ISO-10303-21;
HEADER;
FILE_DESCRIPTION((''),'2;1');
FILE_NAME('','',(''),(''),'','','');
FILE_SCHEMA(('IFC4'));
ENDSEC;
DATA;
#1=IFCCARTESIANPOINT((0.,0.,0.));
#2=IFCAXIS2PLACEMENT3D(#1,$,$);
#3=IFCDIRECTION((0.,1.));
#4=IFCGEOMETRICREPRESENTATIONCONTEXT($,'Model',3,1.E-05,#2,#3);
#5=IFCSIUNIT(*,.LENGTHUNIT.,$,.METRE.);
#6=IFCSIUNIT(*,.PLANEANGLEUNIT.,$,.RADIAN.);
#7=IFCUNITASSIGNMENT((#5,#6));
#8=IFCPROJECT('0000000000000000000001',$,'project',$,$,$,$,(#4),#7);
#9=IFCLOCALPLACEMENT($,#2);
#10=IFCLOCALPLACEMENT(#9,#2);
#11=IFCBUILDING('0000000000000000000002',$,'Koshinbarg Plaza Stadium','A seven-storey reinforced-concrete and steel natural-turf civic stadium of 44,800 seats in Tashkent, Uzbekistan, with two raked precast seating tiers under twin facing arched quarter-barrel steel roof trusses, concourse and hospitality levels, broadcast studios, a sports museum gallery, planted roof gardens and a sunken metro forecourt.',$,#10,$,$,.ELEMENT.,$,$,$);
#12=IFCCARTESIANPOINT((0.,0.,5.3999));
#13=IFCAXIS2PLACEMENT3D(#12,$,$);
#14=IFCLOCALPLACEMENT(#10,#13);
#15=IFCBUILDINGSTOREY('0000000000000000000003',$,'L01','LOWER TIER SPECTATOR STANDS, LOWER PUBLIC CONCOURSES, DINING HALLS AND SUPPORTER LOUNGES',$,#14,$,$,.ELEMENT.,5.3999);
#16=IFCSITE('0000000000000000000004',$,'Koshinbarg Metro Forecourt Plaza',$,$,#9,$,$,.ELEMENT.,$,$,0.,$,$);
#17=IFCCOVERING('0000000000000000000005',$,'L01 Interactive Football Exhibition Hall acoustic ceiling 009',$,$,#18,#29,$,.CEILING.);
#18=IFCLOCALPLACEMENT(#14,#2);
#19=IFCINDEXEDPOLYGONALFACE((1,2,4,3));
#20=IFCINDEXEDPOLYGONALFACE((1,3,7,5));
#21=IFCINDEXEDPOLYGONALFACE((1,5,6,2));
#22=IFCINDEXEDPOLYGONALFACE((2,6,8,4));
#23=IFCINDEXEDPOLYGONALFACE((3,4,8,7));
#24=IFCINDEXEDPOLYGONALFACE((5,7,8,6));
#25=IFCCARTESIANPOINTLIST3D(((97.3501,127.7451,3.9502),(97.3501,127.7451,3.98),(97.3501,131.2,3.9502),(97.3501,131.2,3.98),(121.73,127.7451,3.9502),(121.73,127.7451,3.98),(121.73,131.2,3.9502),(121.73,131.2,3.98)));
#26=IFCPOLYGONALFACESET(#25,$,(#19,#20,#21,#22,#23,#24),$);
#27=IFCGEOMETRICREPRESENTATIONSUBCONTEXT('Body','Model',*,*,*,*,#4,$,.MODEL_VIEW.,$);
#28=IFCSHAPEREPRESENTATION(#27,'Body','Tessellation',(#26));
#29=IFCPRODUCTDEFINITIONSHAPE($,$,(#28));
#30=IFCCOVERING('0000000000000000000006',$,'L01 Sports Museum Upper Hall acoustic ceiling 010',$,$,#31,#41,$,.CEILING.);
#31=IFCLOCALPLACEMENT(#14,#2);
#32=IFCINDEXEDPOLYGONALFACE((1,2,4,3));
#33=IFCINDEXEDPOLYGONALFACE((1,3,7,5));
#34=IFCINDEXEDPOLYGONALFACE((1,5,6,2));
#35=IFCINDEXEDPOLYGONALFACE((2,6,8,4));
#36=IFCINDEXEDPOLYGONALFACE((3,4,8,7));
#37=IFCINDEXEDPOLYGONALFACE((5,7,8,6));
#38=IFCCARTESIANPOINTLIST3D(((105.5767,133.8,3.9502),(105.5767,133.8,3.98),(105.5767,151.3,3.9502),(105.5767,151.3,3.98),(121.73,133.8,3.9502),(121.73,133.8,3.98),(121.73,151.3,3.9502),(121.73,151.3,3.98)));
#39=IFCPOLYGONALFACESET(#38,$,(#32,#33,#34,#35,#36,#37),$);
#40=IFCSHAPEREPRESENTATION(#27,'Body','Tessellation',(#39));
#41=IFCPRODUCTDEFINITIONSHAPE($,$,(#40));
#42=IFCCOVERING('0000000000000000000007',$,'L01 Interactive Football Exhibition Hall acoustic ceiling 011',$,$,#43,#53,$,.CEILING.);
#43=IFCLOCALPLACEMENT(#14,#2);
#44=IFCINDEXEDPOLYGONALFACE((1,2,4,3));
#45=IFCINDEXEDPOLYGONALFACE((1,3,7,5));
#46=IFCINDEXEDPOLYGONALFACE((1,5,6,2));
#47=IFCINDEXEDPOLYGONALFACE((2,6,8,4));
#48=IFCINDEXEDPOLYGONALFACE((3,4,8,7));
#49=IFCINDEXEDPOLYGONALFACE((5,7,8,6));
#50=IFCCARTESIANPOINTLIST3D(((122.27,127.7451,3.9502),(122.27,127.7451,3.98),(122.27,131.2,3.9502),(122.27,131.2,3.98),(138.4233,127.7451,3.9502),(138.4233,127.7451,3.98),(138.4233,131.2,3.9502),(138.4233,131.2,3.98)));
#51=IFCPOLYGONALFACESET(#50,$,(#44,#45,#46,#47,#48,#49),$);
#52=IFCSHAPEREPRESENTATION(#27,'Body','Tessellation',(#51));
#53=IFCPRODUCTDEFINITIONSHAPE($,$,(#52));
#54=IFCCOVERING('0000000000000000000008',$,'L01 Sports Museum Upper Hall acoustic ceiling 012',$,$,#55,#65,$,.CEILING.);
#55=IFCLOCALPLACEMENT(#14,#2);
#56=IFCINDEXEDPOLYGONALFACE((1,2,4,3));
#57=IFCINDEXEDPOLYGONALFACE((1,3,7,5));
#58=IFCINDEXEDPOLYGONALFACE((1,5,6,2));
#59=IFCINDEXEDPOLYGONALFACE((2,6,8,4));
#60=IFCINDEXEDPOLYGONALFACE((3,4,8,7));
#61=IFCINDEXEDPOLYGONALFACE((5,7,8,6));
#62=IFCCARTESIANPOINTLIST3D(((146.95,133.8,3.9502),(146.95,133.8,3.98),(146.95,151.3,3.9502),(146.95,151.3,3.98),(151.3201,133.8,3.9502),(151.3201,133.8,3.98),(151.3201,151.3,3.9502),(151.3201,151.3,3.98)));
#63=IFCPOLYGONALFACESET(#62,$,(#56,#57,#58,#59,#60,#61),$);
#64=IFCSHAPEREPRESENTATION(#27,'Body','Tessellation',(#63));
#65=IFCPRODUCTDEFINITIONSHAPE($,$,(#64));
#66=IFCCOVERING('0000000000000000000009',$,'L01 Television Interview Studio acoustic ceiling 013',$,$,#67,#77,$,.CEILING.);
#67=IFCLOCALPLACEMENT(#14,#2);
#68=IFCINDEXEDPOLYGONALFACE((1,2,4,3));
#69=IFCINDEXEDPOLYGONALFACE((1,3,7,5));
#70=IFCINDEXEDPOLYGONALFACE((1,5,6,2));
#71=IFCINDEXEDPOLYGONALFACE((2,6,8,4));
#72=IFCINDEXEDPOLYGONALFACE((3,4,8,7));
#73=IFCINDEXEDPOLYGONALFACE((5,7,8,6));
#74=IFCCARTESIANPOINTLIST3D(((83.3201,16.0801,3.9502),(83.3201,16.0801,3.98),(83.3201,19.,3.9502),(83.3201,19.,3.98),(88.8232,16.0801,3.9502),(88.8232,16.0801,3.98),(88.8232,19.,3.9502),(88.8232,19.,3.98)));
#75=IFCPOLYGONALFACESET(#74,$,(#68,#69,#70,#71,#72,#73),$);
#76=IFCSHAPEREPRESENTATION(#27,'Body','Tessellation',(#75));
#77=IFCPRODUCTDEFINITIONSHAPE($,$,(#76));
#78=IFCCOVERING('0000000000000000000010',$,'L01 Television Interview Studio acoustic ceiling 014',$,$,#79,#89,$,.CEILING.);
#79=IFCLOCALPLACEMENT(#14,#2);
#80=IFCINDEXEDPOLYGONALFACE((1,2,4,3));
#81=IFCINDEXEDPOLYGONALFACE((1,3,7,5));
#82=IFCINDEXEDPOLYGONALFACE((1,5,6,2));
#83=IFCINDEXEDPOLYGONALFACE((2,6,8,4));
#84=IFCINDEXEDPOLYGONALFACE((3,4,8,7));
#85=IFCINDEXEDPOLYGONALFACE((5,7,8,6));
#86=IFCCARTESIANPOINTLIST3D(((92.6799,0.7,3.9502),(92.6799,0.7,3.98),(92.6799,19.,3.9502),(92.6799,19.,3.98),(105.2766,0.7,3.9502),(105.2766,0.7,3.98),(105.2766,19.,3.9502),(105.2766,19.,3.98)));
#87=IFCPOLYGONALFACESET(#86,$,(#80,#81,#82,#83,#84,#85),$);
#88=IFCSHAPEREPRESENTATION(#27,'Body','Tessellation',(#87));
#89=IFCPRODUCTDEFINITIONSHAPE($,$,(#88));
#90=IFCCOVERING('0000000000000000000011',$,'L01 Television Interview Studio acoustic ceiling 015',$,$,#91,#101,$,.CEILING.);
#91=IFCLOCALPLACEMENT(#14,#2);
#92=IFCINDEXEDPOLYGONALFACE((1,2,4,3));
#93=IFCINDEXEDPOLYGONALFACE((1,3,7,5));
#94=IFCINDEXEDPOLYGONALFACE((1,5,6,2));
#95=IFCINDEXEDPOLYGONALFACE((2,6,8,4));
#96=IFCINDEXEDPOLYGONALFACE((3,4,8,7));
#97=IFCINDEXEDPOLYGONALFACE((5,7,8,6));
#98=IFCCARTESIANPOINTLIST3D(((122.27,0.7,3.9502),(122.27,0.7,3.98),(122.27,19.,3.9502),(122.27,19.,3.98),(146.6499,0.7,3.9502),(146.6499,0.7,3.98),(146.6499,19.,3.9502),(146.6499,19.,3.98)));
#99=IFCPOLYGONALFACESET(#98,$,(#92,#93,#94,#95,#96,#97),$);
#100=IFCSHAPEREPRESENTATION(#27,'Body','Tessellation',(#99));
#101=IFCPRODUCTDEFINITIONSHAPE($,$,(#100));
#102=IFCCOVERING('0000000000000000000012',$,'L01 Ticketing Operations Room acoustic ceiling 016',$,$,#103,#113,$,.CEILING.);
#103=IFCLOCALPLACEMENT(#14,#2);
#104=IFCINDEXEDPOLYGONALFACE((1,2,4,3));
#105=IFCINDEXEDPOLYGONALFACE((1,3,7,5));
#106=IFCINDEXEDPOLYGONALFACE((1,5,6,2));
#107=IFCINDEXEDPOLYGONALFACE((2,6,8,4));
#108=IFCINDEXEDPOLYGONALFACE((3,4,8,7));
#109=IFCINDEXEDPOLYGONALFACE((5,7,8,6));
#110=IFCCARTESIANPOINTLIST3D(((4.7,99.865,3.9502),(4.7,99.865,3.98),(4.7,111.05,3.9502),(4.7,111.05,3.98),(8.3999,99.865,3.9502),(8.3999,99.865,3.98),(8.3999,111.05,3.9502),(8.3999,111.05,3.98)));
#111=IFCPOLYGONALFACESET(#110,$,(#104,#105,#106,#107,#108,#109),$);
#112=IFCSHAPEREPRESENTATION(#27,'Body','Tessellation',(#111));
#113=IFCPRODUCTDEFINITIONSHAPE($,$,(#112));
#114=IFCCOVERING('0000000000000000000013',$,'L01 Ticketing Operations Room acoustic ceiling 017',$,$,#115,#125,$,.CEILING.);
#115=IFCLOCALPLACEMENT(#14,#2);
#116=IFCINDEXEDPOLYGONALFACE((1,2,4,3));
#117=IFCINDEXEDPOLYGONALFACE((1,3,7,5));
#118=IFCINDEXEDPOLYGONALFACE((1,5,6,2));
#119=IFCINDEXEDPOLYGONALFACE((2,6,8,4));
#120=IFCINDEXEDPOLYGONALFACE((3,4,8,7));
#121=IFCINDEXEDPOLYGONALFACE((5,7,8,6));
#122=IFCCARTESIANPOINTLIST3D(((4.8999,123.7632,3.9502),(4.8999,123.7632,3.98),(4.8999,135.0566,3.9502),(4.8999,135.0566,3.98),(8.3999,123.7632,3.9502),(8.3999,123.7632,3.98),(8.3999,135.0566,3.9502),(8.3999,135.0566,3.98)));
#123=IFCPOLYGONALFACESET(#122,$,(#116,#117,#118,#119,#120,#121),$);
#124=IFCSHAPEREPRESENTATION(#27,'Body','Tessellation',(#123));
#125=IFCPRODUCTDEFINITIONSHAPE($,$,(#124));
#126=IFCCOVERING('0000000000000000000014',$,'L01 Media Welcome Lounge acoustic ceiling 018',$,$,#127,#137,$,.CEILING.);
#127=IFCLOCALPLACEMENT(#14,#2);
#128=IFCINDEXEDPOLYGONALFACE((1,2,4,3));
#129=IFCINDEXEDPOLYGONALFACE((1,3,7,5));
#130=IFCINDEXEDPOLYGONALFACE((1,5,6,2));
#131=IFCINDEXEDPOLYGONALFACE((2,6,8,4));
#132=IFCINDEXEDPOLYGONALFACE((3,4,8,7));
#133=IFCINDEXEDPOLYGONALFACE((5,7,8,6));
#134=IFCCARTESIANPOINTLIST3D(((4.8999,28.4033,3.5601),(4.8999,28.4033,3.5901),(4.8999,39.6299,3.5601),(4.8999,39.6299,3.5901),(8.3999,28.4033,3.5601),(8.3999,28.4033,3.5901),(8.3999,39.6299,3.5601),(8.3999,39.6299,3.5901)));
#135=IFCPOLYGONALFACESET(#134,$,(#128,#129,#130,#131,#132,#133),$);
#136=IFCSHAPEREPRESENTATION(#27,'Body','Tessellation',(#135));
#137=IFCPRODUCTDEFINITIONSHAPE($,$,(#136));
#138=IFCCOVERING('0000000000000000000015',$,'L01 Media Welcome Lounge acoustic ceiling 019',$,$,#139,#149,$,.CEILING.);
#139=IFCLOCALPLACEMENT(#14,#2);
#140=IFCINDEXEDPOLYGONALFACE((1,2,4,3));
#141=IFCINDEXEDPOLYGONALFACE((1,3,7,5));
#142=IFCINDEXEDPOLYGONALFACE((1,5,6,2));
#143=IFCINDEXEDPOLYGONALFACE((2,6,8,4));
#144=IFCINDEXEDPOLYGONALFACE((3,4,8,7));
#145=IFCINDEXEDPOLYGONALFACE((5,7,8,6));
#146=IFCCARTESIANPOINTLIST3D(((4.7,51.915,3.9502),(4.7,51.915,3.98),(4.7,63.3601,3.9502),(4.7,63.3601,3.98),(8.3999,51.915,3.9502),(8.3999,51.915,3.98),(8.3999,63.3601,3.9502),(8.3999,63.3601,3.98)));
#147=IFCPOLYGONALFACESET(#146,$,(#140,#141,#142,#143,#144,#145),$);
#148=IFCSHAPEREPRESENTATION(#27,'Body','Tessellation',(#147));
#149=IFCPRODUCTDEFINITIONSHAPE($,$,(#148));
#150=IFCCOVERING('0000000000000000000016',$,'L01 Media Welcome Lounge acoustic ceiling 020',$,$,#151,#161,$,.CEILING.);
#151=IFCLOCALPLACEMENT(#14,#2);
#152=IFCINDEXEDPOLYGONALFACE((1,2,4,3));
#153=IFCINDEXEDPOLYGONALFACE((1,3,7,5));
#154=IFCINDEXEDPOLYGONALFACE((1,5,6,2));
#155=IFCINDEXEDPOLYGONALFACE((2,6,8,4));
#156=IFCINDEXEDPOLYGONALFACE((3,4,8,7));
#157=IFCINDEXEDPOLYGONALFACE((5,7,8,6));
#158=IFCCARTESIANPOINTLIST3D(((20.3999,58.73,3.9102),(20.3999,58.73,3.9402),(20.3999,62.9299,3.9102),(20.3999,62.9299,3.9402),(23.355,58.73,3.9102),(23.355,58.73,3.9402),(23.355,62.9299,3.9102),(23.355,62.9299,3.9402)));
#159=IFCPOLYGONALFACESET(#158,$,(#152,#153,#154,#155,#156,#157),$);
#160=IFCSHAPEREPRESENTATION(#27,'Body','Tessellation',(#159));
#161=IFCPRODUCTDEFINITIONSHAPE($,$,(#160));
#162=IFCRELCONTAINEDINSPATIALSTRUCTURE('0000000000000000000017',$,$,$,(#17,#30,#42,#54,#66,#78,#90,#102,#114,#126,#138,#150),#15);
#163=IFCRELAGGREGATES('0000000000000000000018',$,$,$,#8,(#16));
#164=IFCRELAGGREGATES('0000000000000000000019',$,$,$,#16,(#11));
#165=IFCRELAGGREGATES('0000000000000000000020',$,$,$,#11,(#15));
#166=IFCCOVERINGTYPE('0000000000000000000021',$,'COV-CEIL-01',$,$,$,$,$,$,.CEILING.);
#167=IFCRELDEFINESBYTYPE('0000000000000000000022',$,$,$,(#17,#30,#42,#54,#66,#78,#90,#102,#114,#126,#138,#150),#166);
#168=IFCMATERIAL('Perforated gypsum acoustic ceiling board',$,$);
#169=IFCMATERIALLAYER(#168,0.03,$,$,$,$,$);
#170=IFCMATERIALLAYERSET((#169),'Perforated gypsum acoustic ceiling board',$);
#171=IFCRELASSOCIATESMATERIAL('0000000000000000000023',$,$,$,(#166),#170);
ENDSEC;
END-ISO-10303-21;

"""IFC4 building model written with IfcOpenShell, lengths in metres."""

from ifc_helpers import new_model, si_unit, direction, frame, origin, place, context, subcontext, project, spatial, polyline, outline, extrude, material, layer, layer_set, type_object, element, save


model = new_model("IFC4")

# Units and contexts
model_context = context("Model", 3, precision=1e-05, world=origin(), true_north=direction((0.0, 1.0)))
body_context = subcontext(model_context, "Body", "Model", "MODEL_VIEW")
ifc_project = project(units=[si_unit("LENGTHUNIT", "METRE"), si_unit("PLANEANGLEUNIT", "RADIAN")], contexts=[model_context])

# Site, building, storey
site_placement = place(None, origin())
site = spatial("IfcSite", under=ifc_project, at=site_placement, Name="Koshinbarg Metro Forecourt Plaza", CompositionType="ELEMENT", RefElevation=0.0)
building_placement = place(site_placement, origin())
building = spatial("IfcBuilding", under=site, at=building_placement, Name="Koshinbarg Plaza Stadium", Description="A seven-storey reinforced-concrete and steel natural-turf civic stadium of 44,800 seats in Tashkent, Uzbekistan, with two raked precast seating tiers under twin facing arched quarter-barrel steel roof trusses, concourse and hospitality levels, broadcast studios, a sports museum gallery, planted roof gardens and a sunken metro forecourt.", CompositionType="ELEMENT")
storey_placement = place(building_placement, frame((0.0, 0.0, 5.3999)))
storey = spatial("IfcBuildingStorey", under=building, at=storey_placement, Name="L01", Description="LOWER TIER SPECTATOR STANDS, LOWER PUBLIC CONCOURSES, DINING HALLS AND SUPPORTER LOUNGES", CompositionType="ELEMENT", Elevation=5.3999)

# Coverings
ifc_material_1 = material(Name="Perforated gypsum acoustic ceiling board")
ifc_layer_1 = layer(ifc_material_1, 0.03)
ifc_layer_set_1 = layer_set([ifc_layer_1], Name="Perforated gypsum acoustic ceiling board")
covering_type = type_object("IfcCoveringType", Name="COV-CEIL-01", PredefinedType="CEILING", material=ifc_layer_set_1)
covering_1_placement = place(storey_placement, frame((0.0, 0.0, 3.9502)))
element("IfcCovering", 1, at=covering_1_placement, inside=storey, type_object=covering_type, Name="L01 Interactive Football Exhibition Hall acoustic ceiling 009", PredefinedType="CEILING", context=body_context, shape_type="SweptSolid", body=[
    extrude(outline(polyline([(97.3501, 127.7451), (121.73, 127.7451), (121.73, 131.2), (97.3501, 131.2), (97.3501, 127.7451)])), origin(), (0.0, 0.0, 1.0), 0.0298),
])
covering_2_placement = place(storey_placement, frame((0.0, 0.0, 3.9502)))
element("IfcCovering", 2, at=covering_2_placement, inside=storey, type_object=covering_type, Name="L01 Sports Museum Upper Hall acoustic ceiling 010", PredefinedType="CEILING", context=body_context, shape_type="SweptSolid", body=[
    extrude(outline(polyline([(105.5767, 133.8), (121.73, 133.8), (121.73, 151.3), (105.5767, 151.3), (105.5767, 133.8)])), origin(), (0.0, 0.0, 1.0), 0.0298),
])
covering_3_placement = place(storey_placement, frame((0.0, 0.0, 3.9502)))
element("IfcCovering", 3, at=covering_3_placement, inside=storey, type_object=covering_type, Name="L01 Interactive Football Exhibition Hall acoustic ceiling 011", PredefinedType="CEILING", context=body_context, shape_type="SweptSolid", body=[
    extrude(outline(polyline([(122.27, 127.7451), (138.4233, 127.7451), (138.4233, 131.2), (122.27, 131.2), (122.27, 127.7451)])), origin(), (0.0, 0.0, 1.0), 0.0298),
])
covering_4_placement = place(storey_placement, frame((0.0, 0.0, 3.9502)))
element("IfcCovering", 4, at=covering_4_placement, inside=storey, type_object=covering_type, Name="L01 Sports Museum Upper Hall acoustic ceiling 012", PredefinedType="CEILING", context=body_context, shape_type="SweptSolid", body=[
    extrude(outline(polyline([(146.95, 133.8), (151.3201, 133.8), (151.3201, 151.3), (146.95, 151.3), (146.95, 133.8)])), origin(), (0.0, 0.0, 1.0), 0.0298),
])
covering_5_placement = place(storey_placement, frame((0.0, 0.0, 3.9502)))
element("IfcCovering", 5, at=covering_5_placement, inside=storey, type_object=covering_type, Name="L01 Television Interview Studio acoustic ceiling 013", PredefinedType="CEILING", context=body_context, shape_type="SweptSolid", body=[
    extrude(outline(polyline([(83.3201, 16.0801), (88.8232, 16.0801), (88.8232, 19.0), (83.3201, 19.0), (83.3201, 16.0801)])), origin(), (0.0, 0.0, 1.0), 0.0298),
])
covering_6_placement = place(storey_placement, frame((0.0, 0.0, 3.9502)))
element("IfcCovering", 6, at=covering_6_placement, inside=storey, type_object=covering_type, Name="L01 Television Interview Studio acoustic ceiling 014", PredefinedType="CEILING", context=body_context, shape_type="SweptSolid", body=[
    extrude(outline(polyline([(92.6799, 0.7), (105.2766, 0.7), (105.2766, 19.0), (92.6799, 19.0), (92.6799, 0.7)])), origin(), (0.0, 0.0, 1.0), 0.0298),
])
covering_7_placement = place(storey_placement, frame((0.0, 0.0, 3.9502)))
element("IfcCovering", 7, at=covering_7_placement, inside=storey, type_object=covering_type, Name="L01 Television Interview Studio acoustic ceiling 015", PredefinedType="CEILING", context=body_context, shape_type="SweptSolid", body=[
    extrude(outline(polyline([(122.27, 0.7), (146.6499, 0.7), (146.6499, 19.0), (122.27, 19.0), (122.27, 0.7)])), origin(), (0.0, 0.0, 1.0), 0.0298),
])
covering_8_placement = place(storey_placement, frame((0.0, 0.0, 3.9502)))
element("IfcCovering", 8, at=covering_8_placement, inside=storey, type_object=covering_type, Name="L01 Ticketing Operations Room acoustic ceiling 016", PredefinedType="CEILING", context=body_context, shape_type="SweptSolid", body=[
    extrude(outline(polyline([(4.7, 99.865), (8.3999, 99.865), (8.3999, 111.05), (4.7, 111.05), (4.7, 99.865)])), origin(), (0.0, 0.0, 1.0), 0.0298),
])
covering_9_placement = place(storey_placement, frame((0.0, 0.0, 3.9502)))
element("IfcCovering", 9, at=covering_9_placement, inside=storey, type_object=covering_type, Name="L01 Ticketing Operations Room acoustic ceiling 017", PredefinedType="CEILING", context=body_context, shape_type="SweptSolid", body=[
    extrude(outline(polyline([(4.8999, 123.7632), (8.3999, 123.7632), (8.3999, 135.0566), (4.8999, 135.0566), (4.8999, 123.7632)])), origin(), (0.0, 0.0, 1.0), 0.0298),
])
covering_10_placement = place(storey_placement, frame((0.0, 0.0, 3.5601)))
element("IfcCovering", 10, at=covering_10_placement, inside=storey, type_object=covering_type, Name="L01 Media Welcome Lounge acoustic ceiling 018", PredefinedType="CEILING", context=body_context, shape_type="SweptSolid", body=[
    extrude(outline(polyline([(4.8999, 28.4033), (8.3999, 28.4033), (8.3999, 39.6299), (4.8999, 39.6299), (4.8999, 28.4033)])), origin(), (0.0, 0.0, 1.0), 0.03),
])
covering_11_placement = place(storey_placement, frame((0.0, 0.0, 3.9502)))
element("IfcCovering", 11, at=covering_11_placement, inside=storey, type_object=covering_type, Name="L01 Media Welcome Lounge acoustic ceiling 019", PredefinedType="CEILING", context=body_context, shape_type="SweptSolid", body=[
    extrude(outline(polyline([(4.7, 51.915), (8.3999, 51.915), (8.3999, 63.3601), (4.7, 63.3601), (4.7, 51.915)])), origin(), (0.0, 0.0, 1.0), 0.0298),
])
covering_12_placement = place(storey_placement, frame((0.0, 0.0, 3.9102)))
element("IfcCovering", 12, at=covering_12_placement, inside=storey, type_object=covering_type, Name="L01 Media Welcome Lounge acoustic ceiling 020", PredefinedType="CEILING", context=body_context, shape_type="SweptSolid", body=[
    extrude(outline(polyline([(20.3999, 58.73), (23.355, 58.73), (23.355, 62.9299), (20.3999, 62.9299), (20.3999, 58.73)])), origin(), (0.0, 0.0, 1.0), 0.03),
])

save(model, "model.ifc")
